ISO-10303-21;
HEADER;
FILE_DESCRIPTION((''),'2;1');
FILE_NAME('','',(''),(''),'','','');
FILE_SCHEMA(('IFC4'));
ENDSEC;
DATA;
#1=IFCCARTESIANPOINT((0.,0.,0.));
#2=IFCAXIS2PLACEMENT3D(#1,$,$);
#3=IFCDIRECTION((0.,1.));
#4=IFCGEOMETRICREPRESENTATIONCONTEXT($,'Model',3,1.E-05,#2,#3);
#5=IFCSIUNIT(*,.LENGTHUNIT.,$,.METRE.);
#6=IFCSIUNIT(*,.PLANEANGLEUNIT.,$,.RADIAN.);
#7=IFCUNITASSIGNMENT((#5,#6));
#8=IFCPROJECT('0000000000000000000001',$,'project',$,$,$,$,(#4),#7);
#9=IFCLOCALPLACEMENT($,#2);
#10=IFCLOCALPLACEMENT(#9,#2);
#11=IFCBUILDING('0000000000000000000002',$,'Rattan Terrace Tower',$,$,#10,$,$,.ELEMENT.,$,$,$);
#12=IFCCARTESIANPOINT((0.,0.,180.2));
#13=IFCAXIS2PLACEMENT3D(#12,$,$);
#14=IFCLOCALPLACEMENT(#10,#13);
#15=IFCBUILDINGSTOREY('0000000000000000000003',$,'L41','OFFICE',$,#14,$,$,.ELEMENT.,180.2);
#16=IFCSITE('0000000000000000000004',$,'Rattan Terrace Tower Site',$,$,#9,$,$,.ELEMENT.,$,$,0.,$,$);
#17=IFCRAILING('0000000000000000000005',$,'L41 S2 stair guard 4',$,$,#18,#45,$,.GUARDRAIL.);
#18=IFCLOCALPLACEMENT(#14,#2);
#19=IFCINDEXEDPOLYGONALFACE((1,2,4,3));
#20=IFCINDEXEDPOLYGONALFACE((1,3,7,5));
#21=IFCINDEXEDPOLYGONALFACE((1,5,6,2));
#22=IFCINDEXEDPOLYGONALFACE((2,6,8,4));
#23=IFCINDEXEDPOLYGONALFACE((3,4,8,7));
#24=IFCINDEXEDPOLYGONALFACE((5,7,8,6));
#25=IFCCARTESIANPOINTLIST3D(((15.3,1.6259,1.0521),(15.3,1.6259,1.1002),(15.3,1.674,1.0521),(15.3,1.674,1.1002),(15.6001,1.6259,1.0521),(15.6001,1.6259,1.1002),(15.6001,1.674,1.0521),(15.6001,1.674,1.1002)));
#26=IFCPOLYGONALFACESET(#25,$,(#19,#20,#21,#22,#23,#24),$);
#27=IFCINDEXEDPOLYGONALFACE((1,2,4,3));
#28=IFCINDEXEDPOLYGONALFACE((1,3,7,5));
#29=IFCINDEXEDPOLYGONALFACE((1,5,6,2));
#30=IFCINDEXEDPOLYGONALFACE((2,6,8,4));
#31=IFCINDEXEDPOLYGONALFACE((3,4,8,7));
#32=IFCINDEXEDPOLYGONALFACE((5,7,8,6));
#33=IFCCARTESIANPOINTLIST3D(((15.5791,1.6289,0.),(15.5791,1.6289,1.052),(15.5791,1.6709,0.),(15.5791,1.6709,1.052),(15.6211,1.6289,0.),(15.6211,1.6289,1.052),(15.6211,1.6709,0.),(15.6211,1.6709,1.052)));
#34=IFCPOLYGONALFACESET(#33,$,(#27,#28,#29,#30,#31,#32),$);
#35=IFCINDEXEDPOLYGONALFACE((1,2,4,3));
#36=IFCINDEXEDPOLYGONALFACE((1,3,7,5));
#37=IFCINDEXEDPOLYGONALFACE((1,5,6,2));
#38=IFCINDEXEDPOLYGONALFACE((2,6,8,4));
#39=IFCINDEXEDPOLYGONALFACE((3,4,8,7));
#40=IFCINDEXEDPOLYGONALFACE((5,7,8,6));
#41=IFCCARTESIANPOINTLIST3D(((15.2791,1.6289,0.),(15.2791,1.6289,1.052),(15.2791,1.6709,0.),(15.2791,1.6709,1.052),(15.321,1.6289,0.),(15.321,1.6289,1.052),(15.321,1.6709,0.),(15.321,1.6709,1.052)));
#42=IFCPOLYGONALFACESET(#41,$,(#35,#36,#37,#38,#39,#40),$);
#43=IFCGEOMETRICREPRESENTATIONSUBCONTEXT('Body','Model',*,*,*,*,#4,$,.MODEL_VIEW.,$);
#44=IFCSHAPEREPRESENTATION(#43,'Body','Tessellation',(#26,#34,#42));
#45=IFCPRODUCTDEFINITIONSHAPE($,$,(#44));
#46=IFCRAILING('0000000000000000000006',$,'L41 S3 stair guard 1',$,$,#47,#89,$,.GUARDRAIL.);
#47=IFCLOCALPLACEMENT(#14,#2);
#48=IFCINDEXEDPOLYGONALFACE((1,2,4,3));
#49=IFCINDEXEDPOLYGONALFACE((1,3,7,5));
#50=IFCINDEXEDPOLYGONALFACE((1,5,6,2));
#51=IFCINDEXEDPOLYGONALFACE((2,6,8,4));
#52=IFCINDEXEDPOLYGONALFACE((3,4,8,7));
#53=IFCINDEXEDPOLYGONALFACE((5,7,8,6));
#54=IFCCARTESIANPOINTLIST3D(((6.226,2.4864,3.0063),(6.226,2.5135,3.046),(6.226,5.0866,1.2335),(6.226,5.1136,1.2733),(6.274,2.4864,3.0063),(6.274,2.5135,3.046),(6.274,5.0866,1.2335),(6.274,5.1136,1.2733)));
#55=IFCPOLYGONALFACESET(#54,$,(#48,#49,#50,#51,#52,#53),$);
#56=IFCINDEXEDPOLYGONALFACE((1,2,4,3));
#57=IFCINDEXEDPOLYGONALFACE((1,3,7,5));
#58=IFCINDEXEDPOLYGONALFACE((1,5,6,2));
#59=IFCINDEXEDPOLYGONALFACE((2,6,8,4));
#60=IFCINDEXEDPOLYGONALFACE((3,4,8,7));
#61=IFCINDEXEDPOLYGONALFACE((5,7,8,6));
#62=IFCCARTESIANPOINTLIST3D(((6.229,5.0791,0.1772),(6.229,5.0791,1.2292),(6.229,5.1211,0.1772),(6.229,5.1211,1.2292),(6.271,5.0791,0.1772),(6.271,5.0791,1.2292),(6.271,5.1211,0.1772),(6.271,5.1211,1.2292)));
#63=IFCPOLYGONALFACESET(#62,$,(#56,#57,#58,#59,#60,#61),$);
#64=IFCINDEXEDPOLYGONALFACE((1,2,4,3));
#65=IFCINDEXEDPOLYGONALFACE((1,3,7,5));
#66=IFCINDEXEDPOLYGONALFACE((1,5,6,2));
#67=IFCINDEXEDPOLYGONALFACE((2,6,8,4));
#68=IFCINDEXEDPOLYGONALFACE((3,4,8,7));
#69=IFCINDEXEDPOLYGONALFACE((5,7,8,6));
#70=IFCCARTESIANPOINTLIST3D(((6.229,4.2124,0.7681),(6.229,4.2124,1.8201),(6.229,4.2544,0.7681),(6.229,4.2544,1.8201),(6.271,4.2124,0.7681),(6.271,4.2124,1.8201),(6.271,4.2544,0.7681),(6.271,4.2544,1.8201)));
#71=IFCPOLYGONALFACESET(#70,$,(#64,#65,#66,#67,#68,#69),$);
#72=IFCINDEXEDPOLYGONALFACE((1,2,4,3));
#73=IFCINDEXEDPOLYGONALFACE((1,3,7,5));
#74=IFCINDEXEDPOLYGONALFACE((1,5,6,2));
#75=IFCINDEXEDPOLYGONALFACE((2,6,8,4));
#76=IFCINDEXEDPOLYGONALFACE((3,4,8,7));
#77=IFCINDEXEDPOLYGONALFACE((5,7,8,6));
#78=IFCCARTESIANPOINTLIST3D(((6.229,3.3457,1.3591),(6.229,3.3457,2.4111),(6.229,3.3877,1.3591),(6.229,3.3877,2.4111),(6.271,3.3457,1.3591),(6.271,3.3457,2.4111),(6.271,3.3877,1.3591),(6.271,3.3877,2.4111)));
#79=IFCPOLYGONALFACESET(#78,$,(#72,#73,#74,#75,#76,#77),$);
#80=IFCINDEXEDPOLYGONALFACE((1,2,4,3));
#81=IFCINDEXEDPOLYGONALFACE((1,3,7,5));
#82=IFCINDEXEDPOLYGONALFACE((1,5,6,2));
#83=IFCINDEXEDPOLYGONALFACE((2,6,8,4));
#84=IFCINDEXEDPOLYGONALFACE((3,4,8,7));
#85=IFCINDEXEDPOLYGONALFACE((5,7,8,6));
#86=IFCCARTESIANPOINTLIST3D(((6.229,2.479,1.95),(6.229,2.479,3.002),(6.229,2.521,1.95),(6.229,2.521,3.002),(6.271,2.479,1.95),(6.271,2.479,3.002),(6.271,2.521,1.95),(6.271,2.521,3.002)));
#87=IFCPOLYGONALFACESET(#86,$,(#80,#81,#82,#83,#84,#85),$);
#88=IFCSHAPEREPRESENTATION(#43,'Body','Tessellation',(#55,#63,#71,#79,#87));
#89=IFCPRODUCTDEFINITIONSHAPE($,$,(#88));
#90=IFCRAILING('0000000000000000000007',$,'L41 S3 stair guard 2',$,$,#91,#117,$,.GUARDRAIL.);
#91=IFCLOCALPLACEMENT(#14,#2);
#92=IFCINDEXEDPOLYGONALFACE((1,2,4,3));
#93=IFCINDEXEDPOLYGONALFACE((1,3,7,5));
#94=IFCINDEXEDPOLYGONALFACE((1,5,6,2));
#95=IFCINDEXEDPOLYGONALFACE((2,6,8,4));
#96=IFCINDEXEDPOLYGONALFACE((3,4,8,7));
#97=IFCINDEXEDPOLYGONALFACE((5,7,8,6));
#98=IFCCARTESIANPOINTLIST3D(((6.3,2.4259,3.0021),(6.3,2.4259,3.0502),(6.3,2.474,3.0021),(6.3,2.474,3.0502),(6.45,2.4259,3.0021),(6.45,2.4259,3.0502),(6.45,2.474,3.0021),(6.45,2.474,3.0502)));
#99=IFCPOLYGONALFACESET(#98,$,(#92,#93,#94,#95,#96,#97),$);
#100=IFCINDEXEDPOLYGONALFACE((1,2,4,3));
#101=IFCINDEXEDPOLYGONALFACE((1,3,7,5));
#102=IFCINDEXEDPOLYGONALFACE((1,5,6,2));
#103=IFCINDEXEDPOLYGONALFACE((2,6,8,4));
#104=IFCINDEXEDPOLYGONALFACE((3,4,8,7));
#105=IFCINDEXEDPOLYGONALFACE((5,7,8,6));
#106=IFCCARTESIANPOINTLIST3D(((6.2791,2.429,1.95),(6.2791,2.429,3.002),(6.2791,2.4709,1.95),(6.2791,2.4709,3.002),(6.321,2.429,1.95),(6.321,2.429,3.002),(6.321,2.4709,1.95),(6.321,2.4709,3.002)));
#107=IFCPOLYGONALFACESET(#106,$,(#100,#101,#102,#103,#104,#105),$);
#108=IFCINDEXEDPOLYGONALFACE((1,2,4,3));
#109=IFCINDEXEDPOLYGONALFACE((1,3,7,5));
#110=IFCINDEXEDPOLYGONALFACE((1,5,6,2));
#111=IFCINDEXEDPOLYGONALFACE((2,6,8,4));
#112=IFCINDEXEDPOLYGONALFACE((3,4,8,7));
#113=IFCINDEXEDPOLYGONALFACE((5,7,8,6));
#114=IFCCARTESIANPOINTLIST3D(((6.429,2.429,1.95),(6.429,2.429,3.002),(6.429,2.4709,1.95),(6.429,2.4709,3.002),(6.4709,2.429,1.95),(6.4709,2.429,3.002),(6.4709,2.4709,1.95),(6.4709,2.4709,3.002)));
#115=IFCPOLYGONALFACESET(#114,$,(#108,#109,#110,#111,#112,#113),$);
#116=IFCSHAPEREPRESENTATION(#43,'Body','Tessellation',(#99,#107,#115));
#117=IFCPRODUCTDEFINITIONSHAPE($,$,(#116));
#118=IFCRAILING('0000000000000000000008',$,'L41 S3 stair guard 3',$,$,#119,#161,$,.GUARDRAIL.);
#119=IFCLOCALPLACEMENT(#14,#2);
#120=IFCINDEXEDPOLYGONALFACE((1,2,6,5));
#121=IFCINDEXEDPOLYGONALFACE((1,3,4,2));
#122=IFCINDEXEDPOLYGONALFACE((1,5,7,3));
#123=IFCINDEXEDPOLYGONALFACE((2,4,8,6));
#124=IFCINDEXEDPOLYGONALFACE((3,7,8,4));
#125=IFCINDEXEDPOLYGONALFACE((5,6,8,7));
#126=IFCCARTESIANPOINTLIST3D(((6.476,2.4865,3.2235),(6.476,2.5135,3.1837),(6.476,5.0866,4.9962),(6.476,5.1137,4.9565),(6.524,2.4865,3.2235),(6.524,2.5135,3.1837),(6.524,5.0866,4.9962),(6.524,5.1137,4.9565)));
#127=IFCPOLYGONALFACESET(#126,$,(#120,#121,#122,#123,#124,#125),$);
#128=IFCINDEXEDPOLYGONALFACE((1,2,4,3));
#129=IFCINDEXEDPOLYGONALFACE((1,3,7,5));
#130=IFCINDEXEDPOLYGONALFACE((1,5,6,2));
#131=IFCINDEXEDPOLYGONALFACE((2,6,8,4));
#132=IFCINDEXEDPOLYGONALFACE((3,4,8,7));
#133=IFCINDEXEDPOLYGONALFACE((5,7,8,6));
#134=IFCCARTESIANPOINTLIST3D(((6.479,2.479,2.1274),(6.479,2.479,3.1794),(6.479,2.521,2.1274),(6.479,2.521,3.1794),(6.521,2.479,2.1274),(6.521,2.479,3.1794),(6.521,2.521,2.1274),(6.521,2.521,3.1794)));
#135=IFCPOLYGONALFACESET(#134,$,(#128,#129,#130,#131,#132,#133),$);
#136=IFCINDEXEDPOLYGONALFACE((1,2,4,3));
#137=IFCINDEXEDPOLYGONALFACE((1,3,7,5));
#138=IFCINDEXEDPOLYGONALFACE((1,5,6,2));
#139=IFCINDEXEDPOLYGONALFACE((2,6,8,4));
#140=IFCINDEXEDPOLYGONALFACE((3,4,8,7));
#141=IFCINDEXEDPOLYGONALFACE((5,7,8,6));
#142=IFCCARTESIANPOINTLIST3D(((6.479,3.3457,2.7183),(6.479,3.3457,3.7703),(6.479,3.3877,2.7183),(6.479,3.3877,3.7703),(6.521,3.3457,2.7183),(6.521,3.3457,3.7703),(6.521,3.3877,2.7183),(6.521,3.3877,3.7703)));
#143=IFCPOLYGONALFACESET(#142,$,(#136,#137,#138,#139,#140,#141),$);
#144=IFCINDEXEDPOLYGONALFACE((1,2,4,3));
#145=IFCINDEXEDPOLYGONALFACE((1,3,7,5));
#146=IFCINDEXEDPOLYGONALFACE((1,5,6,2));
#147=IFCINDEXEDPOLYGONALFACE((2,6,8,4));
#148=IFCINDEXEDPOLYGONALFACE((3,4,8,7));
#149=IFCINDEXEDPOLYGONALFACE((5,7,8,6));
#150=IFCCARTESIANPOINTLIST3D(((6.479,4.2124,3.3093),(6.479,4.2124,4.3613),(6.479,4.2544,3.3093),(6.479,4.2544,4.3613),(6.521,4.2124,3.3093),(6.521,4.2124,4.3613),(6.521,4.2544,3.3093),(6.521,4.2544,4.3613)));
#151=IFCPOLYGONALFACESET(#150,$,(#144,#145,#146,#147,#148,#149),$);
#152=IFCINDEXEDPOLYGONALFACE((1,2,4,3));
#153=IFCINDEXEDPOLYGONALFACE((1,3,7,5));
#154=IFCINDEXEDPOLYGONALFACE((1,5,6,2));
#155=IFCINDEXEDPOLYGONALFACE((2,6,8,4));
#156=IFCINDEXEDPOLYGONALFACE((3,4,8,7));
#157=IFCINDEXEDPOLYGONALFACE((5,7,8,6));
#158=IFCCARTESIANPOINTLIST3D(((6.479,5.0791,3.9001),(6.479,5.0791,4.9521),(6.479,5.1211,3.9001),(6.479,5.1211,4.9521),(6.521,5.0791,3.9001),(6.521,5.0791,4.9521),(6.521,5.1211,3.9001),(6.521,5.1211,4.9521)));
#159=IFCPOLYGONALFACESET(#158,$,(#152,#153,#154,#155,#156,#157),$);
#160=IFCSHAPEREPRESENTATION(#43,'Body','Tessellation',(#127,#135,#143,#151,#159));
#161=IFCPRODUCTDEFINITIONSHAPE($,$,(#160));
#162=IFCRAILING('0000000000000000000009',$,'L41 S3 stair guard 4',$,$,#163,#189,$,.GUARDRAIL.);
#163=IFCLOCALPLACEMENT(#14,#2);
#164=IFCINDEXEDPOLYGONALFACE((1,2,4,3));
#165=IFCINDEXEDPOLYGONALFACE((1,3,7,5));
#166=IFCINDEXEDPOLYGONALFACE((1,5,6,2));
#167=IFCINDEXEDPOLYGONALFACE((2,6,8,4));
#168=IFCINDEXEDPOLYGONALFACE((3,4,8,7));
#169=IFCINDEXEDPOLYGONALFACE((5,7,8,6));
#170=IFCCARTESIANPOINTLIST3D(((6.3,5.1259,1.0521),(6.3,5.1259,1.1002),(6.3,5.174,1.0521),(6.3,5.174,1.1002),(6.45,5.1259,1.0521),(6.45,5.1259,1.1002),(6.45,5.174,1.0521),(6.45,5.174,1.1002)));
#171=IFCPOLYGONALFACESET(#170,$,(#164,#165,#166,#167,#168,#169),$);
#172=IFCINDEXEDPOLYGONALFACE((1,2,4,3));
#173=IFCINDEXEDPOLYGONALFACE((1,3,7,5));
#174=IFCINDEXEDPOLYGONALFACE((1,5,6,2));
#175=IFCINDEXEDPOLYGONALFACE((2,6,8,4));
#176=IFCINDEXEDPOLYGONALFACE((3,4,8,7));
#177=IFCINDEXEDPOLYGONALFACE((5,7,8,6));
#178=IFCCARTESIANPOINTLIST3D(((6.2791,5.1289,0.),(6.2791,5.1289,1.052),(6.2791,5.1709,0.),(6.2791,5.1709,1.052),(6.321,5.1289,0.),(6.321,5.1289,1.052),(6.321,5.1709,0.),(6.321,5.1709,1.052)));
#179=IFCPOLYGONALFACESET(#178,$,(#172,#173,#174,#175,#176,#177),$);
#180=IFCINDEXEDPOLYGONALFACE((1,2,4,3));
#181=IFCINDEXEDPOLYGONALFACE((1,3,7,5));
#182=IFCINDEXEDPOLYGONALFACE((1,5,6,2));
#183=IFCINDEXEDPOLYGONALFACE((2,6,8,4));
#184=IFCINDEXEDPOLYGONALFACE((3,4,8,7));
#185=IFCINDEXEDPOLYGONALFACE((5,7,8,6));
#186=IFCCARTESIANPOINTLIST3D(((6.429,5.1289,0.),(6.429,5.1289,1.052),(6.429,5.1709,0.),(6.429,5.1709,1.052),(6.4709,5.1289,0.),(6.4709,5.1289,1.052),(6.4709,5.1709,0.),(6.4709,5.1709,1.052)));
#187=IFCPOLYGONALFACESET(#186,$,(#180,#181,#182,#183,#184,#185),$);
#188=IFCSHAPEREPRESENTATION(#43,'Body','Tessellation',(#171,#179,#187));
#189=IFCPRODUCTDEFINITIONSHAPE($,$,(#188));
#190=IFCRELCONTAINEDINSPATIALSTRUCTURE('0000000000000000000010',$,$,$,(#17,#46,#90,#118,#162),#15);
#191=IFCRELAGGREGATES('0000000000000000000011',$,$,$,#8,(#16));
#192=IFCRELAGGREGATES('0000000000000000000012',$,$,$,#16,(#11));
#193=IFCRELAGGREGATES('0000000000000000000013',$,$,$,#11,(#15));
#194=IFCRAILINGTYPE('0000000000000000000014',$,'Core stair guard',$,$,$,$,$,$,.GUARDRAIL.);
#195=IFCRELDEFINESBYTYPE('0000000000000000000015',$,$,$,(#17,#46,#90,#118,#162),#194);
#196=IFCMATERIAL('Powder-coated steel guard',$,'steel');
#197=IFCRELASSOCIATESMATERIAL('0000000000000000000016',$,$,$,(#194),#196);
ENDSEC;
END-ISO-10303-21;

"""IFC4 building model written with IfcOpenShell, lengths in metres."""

from ifc_helpers import new_model, si_unit, direction, frame, origin, origin_2d, place, context, subcontext, project, spatial, rectangle, extrude, material, type_object, element, save


model = new_model("IFC4")

# Units and contexts
model_context = context("Model", 3, precision=1e-05, world=origin(), true_north=direction((0.0, 1.0)))
body_context = subcontext(model_context, "Body", "Model", "MODEL_VIEW")
ifc_project = project(units=[si_unit("LENGTHUNIT", "METRE"), si_unit("PLANEANGLEUNIT", "RADIAN")], contexts=[model_context])

# Site, building, storey
site_placement = place(None, origin())
site = spatial("IfcSite", under=ifc_project, at=site_placement, Name="Rattan Terrace Tower Site", CompositionType="ELEMENT", RefElevation=0.0)
building_placement = place(site_placement, origin())
building = spatial("IfcBuilding", under=site, at=building_placement, Name="Rattan Terrace Tower", CompositionType="ELEMENT")
storey_placement = place(building_placement, frame((0.0, 0.0, 180.2)))
storey = spatial("IfcBuildingStorey", under=building, at=storey_placement, Name="L41", Description="OFFICE", CompositionType="ELEMENT", Elevation=180.2)

# Railings
ifc_material_1 = material(Name="Powder-coated steel guard", Category="steel")
railing_type_1 = type_object("IfcRailingType", Name="Core stair guard", PredefinedType="GUARDRAIL", material=ifc_material_1)
railing_1_placement = place(storey_placement, frame((15.6001, 1.6499, 0.0)))
element("IfcRailing", 1, at=railing_1_placement, inside=storey, type_object=railing_type_1, Name="L41 S2 stair guard 4", PredefinedType="GUARDRAIL", context=body_context, shape_type="SweptSolid", body=[
    extrude(rectangle(XDim=0.0481, YDim=0.0481, at=origin_2d()), frame((0.0, 0.0, 1.0762), z_axis=(-1.0, 0.0, 0.0), x_axis=(0.0, -1.0, 0.0)), (0.0, 0.0, 1.0), 0.3),
    extrude(rectangle(XDim=0.042, YDim=0.042, at=origin_2d()), origin(), (0.0, 0.0, 1.0), 1.052),
    extrude(rectangle(XDim=0.042, YDim=0.042, at=origin_2d()), frame((-0.3, 0.0, 0.0)), (0.0, 0.0, 1.0), 1.052),
])
railing_2_placement = place(storey_placement, frame((6.25, 5.1001, 0.1772)))
element("IfcRailing", 2, at=railing_2_placement, inside=storey, type_object=railing_type_1, Name="L41 S3 stair guard 1", PredefinedType="GUARDRAIL", context=body_context, shape_type="SweptSolid", body=[
    extrude(rectangle(XDim=0.0481, YDim=0.0481, at=origin_2d()), frame((0.0, 0.0, 1.0762), z_axis=(0.0, -0.82624, 0.563318), x_axis=(1.0, 0.0, 0.0)), (0.0, 0.0, 1.0), 3.147),
    extrude(rectangle(XDim=0.042, YDim=0.042, at=origin_2d()), origin(), (0.0, 0.0, 1.0), 1.052),
    extrude(rectangle(XDim=0.042, YDim=0.042, at=origin_2d()), frame((0.0, -0.8667, 0.5908)), (0.0, 0.0, 1.0), 1.052),
    extrude(rectangle(XDim=0.042, YDim=0.042, at=origin_2d()), frame((0.0, -1.7334, 1.1819)), (0.0, 0.0, 1.0), 1.052),
    extrude(rectangle(XDim=0.042, YDim=0.042, at=origin_2d()), frame((0.0, -2.6001, 1.7727)), (0.0, 0.0, 1.0), 1.052),
])
railing_3_placement = place(storey_placement, frame((6.3, 2.45, 1.95)))
element("IfcRailing", 3, at=railing_3_placement, inside=storey, type_object=railing_type_1, Name="L41 S3 stair guard 2", PredefinedType="GUARDRAIL", context=body_context, shape_type="SweptSolid", body=[
    extrude(rectangle(XDim=0.0481, YDim=0.0481, at=origin_2d()), frame((0.0, 0.0, 1.0762), z_axis=(1.0, 0.0, 0.0), x_axis=(0.0, 1.0, 0.0)), (0.0, 0.0, 1.0), 0.1499),
    extrude(rectangle(XDim=0.042, YDim=0.042, at=origin_2d()), origin(), (0.0, 0.0, 1.0), 1.052),
    extrude(rectangle(XDim=0.042, YDim=0.042, at=origin_2d()), frame((0.1499, 0.0, 0.0)), (0.0, 0.0, 1.0), 1.052),
])
railing_4_placement = place(storey_placement, frame((6.5, 2.5, 2.1274)))
element("IfcRailing", 4, at=railing_4_placement, inside=storey, type_object=railing_type_1, Name="L41 S3 stair guard 3", PredefinedType="GUARDRAIL", context=body_context, shape_type="SweptSolid", body=[
    extrude(rectangle(XDim=0.0481, YDim=0.0481, at=origin_2d()), frame((0.0, 0.0, 1.0762), z_axis=(0.0, 0.82624, 0.563318), x_axis=(-1.0, 0.0, 0.0)), (0.0, 0.0, 1.0), 3.147),
    extrude(rectangle(XDim=0.042, YDim=0.042, at=origin_2d()), origin(), (0.0, 0.0, 1.0), 1.052),
    extrude(rectangle(XDim=0.042, YDim=0.042, at=origin_2d()), frame((0.0, 0.8667, 0.5908)), (0.0, 0.0, 1.0), 1.052),
    extrude(rectangle(XDim=0.042, YDim=0.042, at=origin_2d()), frame((0.0, 1.7334, 1.1819)), (0.0, 0.0, 1.0), 1.052),
    extrude(rectangle(XDim=0.042, YDim=0.042, at=origin_2d()), frame((0.0, 2.6001, 1.7727)), (0.0, 0.0, 1.0), 1.052),
])
railing_5_placement = place(storey_placement, frame((6.3, 5.1499, 0.0)))
element("IfcRailing", 5, at=railing_5_placement, inside=storey, type_object=railing_type_1, Name="L41 S3 stair guard 4", PredefinedType="GUARDRAIL", context=body_context, shape_type="SweptSolid", body=[
    extrude(rectangle(XDim=0.0481, YDim=0.0481, at=origin_2d()), frame((0.0, 0.0, 1.0762), z_axis=(1.0, 0.0, 0.0), x_axis=(0.0, 1.0, 0.0)), (0.0, 0.0, 1.0), 0.1499),
    extrude(rectangle(XDim=0.042, YDim=0.042, at=origin_2d()), origin(), (0.0, 0.0, 1.0), 1.052),
    extrude(rectangle(XDim=0.042, YDim=0.042, at=origin_2d()), frame((0.1499, 0.0, 0.0)), (0.0, 0.0, 1.0), 1.052),
])

save(model, "model.ifc")
